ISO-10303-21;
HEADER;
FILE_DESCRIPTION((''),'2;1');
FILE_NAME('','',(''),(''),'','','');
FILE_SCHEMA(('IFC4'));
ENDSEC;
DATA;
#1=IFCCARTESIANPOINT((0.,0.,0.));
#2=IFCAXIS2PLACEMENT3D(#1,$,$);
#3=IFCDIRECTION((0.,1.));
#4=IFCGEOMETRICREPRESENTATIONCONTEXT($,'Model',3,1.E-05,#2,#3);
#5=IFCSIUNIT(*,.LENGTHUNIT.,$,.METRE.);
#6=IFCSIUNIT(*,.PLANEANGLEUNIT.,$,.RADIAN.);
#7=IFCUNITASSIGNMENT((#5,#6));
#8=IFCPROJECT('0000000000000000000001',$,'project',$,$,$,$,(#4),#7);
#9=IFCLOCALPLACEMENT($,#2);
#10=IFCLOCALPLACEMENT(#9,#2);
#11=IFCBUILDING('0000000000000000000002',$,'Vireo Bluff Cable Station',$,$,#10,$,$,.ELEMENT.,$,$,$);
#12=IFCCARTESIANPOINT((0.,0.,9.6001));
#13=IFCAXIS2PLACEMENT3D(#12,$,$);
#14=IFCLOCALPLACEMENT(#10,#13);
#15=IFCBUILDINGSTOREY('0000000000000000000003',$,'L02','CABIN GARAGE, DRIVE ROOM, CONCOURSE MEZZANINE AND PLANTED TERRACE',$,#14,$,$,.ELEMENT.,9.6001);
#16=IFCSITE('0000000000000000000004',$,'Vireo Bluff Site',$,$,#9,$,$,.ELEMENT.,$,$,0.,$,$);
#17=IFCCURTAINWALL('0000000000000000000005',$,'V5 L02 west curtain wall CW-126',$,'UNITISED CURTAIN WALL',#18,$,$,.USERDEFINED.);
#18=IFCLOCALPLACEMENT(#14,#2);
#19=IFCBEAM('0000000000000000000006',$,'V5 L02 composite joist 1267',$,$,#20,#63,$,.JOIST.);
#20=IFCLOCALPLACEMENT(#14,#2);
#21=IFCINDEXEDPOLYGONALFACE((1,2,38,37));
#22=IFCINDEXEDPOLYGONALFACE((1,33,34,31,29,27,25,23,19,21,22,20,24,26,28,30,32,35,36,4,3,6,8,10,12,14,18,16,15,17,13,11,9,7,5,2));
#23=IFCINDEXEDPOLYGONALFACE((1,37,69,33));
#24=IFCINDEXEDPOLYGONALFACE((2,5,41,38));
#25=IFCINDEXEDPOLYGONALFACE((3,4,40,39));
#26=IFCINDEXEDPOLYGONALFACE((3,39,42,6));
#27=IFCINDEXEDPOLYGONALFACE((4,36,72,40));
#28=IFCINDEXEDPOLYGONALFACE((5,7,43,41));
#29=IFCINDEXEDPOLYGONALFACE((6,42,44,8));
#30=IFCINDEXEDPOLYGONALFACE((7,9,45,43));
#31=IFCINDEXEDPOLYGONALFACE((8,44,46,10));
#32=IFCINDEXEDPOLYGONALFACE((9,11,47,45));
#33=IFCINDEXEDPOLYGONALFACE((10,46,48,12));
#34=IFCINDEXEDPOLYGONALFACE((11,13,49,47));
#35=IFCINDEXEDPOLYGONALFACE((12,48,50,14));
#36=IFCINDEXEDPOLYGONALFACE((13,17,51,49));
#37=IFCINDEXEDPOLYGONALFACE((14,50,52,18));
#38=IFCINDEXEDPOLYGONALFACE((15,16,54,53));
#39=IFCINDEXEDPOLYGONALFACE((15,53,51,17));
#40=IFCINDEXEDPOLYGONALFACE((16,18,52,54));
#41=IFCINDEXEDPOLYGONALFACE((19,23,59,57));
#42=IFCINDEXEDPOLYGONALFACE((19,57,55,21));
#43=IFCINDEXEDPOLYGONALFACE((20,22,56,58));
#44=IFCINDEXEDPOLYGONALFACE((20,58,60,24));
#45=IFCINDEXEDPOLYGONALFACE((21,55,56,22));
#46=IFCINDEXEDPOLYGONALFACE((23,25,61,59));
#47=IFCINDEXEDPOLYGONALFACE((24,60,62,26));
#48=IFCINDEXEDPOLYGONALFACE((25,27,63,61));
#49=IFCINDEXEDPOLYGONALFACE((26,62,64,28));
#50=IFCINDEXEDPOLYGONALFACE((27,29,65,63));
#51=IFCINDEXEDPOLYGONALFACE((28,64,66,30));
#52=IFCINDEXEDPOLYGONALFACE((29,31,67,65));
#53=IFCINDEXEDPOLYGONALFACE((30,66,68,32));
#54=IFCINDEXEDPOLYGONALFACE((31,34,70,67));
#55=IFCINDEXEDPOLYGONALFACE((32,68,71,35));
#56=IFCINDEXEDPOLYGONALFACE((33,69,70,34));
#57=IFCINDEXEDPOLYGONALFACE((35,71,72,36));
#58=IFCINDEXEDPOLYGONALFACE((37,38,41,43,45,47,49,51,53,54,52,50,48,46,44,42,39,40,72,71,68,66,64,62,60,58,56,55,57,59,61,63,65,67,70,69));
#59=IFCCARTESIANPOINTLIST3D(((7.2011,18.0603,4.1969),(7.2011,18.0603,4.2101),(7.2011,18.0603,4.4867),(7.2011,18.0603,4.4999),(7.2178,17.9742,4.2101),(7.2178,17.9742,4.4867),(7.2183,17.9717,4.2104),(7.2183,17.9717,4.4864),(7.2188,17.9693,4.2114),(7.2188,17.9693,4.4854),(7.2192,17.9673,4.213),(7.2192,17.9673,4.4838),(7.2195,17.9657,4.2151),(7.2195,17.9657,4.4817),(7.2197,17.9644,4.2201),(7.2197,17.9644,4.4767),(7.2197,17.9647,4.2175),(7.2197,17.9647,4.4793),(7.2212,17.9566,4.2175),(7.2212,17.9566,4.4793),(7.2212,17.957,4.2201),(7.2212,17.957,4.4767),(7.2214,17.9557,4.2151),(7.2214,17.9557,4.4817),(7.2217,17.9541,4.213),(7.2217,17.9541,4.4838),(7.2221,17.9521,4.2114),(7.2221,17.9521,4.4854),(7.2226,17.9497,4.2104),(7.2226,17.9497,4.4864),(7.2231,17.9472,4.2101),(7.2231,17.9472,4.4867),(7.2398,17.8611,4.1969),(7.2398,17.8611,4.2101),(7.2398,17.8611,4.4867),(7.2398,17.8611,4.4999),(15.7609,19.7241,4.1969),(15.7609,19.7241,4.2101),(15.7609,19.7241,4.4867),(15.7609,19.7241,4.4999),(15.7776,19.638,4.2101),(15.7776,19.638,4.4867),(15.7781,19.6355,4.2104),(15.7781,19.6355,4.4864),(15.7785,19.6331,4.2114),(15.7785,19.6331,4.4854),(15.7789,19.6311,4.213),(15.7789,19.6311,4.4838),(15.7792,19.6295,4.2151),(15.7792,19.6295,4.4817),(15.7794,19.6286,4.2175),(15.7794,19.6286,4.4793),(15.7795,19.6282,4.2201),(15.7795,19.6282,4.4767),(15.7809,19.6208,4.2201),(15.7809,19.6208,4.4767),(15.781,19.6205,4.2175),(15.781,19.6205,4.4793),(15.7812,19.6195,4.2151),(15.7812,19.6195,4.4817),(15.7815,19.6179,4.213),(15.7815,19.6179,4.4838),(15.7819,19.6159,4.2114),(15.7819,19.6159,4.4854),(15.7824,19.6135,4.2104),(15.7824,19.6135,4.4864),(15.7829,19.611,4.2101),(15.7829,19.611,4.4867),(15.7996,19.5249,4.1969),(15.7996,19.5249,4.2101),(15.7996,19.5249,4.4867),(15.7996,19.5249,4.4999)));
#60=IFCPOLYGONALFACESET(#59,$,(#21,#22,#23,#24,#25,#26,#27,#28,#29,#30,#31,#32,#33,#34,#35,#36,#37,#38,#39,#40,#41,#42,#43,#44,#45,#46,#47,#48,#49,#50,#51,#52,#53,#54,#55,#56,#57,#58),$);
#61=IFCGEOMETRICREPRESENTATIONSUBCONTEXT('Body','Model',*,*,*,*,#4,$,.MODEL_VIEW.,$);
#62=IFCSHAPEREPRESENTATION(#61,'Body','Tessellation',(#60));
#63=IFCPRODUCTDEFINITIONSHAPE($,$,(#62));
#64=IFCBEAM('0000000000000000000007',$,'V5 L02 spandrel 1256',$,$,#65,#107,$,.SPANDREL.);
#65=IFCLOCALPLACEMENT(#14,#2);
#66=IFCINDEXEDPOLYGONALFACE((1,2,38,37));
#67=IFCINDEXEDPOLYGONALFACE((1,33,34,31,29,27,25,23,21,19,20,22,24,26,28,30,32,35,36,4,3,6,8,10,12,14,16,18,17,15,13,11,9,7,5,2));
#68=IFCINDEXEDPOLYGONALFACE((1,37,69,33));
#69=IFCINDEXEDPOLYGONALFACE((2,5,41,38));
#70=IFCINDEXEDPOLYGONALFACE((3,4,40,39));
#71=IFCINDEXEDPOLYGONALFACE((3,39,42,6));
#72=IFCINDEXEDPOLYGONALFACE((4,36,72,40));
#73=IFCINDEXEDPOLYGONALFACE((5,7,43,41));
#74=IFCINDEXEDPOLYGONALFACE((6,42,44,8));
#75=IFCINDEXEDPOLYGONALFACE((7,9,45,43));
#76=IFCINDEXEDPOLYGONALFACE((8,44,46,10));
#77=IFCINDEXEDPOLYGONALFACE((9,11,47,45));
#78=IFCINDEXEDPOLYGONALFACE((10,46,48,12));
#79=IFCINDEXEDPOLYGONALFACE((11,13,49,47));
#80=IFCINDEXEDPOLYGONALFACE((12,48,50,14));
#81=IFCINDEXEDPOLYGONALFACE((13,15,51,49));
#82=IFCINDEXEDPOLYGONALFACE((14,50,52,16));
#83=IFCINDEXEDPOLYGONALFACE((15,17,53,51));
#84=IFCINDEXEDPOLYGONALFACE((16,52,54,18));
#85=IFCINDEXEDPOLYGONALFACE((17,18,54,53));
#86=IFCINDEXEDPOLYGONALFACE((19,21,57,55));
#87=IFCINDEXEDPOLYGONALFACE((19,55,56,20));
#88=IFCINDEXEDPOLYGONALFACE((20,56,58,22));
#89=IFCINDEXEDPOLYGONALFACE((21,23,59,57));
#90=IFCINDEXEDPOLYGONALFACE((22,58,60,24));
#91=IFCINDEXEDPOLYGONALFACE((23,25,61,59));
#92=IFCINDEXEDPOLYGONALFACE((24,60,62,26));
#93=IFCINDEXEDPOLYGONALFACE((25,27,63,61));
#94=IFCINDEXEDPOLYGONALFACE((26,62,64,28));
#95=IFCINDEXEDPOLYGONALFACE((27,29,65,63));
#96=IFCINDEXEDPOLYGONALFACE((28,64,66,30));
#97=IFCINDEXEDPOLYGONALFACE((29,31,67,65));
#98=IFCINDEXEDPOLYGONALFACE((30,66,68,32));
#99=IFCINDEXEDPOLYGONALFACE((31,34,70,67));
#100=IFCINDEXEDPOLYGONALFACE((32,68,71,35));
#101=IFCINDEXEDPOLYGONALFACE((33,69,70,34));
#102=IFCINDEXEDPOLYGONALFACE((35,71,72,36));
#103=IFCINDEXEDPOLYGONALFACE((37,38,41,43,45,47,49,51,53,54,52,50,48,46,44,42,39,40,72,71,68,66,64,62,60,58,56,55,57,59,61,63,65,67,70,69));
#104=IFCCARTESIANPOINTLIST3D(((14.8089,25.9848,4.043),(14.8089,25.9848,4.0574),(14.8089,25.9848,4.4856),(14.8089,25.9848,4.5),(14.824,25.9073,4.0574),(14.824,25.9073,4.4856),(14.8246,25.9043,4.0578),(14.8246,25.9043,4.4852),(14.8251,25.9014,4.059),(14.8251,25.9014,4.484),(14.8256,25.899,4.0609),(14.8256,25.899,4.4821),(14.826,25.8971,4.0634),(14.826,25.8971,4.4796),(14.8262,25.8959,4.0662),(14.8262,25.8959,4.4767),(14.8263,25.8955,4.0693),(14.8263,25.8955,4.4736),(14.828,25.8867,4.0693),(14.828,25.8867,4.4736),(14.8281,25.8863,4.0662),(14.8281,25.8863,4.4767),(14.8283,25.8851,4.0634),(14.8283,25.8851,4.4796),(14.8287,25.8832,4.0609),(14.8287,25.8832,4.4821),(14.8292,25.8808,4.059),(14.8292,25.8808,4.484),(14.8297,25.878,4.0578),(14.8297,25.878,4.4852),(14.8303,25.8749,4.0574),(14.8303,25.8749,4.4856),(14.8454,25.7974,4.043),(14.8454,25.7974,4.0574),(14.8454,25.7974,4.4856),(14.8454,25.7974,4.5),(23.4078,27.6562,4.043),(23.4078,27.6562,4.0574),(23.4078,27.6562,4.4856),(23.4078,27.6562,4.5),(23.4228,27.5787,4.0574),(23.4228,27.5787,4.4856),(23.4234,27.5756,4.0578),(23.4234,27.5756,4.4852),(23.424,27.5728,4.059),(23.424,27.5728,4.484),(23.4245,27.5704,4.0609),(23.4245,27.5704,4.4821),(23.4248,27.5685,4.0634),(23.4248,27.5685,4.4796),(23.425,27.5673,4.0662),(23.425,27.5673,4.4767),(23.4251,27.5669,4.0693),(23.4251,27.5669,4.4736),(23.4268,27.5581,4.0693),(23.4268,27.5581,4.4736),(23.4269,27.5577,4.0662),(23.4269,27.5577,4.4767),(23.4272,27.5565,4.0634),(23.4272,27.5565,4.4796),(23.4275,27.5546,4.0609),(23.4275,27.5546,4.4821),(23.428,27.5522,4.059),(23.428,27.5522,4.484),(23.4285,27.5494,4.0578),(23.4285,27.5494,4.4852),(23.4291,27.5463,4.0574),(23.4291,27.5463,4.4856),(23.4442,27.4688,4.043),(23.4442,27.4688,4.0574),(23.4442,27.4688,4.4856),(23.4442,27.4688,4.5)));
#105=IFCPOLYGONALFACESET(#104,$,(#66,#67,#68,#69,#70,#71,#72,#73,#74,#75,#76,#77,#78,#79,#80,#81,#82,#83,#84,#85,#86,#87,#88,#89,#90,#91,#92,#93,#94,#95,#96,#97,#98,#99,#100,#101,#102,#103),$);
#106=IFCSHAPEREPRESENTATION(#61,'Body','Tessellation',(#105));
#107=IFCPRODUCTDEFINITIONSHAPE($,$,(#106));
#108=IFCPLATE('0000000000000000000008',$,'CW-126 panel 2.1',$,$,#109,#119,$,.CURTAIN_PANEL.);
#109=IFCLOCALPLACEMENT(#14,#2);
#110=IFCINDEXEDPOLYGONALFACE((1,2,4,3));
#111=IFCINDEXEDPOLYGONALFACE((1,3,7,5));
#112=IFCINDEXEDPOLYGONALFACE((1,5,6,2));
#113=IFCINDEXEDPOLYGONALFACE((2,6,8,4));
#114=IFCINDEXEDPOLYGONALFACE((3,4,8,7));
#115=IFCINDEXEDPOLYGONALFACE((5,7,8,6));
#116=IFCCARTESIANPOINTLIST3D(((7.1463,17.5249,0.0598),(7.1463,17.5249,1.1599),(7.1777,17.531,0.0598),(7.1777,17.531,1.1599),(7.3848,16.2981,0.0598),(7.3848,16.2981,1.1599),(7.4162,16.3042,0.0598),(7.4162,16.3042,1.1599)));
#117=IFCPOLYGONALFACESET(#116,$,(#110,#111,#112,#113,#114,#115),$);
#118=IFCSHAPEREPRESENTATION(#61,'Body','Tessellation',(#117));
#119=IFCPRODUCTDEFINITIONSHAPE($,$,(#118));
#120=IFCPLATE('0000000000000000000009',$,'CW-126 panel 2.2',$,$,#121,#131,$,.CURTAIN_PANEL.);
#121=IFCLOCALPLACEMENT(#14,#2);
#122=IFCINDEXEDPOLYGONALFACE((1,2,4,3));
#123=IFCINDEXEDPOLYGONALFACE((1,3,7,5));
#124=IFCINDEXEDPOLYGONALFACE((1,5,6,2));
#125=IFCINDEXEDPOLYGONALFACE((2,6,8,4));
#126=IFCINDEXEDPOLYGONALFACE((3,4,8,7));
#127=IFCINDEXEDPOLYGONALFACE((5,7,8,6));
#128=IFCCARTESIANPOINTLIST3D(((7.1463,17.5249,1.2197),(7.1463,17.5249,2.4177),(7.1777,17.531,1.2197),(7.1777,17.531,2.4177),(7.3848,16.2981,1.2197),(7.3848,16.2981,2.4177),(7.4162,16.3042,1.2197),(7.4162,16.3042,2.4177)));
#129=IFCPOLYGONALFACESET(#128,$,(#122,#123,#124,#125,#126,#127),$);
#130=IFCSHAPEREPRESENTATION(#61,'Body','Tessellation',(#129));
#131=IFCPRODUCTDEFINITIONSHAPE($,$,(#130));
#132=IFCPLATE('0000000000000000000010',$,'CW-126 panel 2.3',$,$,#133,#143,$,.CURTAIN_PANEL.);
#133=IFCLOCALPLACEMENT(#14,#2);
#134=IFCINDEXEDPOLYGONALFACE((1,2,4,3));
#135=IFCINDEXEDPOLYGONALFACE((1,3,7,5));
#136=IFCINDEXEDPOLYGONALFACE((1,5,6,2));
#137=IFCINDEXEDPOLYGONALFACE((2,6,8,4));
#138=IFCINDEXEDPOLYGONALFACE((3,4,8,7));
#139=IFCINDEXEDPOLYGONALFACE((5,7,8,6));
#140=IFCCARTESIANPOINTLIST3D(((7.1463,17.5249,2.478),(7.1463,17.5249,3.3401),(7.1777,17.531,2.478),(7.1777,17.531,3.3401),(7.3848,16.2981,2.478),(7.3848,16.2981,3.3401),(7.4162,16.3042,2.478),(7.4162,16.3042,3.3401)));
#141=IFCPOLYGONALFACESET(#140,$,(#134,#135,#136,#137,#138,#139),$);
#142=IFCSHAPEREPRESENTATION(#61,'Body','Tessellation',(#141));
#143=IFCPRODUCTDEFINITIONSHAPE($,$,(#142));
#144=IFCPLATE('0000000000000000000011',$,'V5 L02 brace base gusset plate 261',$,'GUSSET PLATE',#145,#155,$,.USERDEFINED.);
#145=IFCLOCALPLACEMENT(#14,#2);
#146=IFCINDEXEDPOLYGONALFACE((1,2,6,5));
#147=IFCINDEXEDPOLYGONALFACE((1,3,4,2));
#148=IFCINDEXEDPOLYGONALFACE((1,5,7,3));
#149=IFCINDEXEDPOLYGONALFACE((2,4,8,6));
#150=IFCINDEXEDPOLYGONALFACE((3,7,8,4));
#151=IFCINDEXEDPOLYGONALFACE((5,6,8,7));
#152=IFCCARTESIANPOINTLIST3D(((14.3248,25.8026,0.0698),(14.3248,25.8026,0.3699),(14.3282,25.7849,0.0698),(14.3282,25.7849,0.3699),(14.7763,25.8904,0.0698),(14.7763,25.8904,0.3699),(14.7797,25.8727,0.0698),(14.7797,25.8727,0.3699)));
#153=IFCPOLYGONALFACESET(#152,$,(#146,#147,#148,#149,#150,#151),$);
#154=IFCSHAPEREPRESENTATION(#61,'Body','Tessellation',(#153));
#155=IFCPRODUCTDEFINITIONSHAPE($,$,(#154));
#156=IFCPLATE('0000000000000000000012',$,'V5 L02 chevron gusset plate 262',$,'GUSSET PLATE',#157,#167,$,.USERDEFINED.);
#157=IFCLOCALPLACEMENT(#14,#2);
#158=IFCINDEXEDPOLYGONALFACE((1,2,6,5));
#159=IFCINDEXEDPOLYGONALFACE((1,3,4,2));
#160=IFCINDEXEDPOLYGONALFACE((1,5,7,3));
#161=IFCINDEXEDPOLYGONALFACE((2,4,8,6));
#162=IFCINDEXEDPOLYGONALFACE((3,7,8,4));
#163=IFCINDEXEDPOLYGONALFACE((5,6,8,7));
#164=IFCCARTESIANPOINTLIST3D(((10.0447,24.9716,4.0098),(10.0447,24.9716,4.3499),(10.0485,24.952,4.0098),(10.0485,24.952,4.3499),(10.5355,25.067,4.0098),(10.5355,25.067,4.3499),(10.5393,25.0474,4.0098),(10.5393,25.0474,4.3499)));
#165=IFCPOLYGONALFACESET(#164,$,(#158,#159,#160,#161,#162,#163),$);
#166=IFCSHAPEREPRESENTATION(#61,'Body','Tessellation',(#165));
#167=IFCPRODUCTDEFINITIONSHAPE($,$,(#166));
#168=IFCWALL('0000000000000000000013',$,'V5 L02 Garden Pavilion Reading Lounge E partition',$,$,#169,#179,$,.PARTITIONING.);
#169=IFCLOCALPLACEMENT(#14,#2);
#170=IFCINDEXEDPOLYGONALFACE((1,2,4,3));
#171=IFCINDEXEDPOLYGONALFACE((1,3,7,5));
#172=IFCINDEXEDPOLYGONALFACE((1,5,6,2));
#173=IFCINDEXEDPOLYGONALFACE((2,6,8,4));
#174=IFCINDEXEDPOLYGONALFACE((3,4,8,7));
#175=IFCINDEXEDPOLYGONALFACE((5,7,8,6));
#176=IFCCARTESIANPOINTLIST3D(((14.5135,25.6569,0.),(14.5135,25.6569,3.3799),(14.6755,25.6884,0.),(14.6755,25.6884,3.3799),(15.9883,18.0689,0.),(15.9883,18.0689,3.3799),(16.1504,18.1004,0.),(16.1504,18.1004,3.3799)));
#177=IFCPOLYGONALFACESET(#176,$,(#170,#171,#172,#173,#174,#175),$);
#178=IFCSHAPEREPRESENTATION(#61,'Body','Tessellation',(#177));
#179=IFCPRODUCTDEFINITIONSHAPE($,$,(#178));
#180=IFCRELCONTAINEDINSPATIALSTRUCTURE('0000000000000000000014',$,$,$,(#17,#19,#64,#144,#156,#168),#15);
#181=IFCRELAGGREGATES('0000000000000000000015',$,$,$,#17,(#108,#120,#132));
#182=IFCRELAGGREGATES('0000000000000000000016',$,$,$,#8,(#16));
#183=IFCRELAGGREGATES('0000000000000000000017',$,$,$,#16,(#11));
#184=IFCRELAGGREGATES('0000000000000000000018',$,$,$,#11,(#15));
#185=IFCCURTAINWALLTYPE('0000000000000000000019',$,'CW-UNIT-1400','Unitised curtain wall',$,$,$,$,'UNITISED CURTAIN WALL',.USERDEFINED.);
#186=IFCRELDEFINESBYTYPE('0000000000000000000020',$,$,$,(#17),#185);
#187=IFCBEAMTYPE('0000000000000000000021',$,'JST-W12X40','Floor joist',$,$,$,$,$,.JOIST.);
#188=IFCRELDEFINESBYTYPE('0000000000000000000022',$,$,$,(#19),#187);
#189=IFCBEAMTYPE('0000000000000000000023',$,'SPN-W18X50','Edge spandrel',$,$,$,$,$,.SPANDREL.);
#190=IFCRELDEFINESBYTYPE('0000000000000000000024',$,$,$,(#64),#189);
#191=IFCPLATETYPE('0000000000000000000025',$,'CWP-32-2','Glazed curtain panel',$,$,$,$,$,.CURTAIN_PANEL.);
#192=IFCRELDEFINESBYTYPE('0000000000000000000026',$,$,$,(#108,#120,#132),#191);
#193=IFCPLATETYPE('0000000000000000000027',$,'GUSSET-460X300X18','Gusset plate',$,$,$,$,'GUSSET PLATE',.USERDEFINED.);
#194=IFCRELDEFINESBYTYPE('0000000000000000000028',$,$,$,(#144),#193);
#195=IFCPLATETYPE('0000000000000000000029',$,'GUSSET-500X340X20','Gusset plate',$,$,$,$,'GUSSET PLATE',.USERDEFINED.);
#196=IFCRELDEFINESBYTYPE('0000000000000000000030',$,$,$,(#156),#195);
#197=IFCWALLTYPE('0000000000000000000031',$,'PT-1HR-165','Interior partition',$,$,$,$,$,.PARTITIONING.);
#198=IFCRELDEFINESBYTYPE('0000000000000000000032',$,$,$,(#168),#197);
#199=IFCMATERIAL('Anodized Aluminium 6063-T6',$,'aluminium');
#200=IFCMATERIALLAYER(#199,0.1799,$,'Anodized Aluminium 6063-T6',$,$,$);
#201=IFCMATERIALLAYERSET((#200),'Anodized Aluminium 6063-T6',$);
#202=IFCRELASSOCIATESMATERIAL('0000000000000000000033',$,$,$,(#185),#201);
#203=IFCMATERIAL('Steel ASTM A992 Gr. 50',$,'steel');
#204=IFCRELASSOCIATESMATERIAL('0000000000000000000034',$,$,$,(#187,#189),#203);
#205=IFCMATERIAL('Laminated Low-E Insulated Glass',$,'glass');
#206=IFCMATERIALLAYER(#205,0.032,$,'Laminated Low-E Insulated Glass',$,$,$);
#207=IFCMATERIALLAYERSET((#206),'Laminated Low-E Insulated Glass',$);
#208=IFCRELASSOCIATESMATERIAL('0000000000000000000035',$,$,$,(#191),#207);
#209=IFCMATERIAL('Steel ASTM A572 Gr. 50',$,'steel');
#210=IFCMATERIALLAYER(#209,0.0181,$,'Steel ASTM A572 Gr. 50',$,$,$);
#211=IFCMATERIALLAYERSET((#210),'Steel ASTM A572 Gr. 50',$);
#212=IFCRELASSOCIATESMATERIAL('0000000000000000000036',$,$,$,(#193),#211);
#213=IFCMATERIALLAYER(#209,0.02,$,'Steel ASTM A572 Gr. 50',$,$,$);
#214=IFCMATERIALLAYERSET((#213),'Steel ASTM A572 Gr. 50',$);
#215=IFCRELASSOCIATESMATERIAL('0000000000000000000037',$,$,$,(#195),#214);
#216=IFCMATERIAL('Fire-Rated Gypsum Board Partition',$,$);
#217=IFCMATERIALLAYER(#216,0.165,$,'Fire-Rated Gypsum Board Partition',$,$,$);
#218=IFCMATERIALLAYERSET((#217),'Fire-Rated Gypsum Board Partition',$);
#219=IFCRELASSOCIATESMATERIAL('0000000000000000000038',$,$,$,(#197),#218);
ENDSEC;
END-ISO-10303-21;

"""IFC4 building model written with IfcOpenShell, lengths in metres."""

from ifc_helpers import new_model, si_unit, direction, frame, frame_2d, origin, origin_2d, place, context, subcontext, project, spatial, rectangle, i_section, extrude, material, layer, layer_set, material_profile, profile_set, type_object, element, aggregate, save


model = new_model("IFC4")

# Units and contexts
model_context = context("Model", 3, precision=1e-05, world=origin(), true_north=direction((0.0, 1.0)))
body_context = subcontext(model_context, "Body", "Model", "MODEL_VIEW")
ifc_project = project(units=[si_unit("LENGTHUNIT", "METRE"), si_unit("PLANEANGLEUNIT", "RADIAN")], contexts=[model_context])

# Site, building, storey
site_placement = place(None, origin())
site = spatial("IfcSite", under=ifc_project, at=site_placement, Name="Vireo Bluff Site", CompositionType="ELEMENT", RefElevation=0.0)
building_placement = place(site_placement, origin())
building = spatial("IfcBuilding", under=site, at=building_placement, Name="Vireo Bluff Cable Station", CompositionType="ELEMENT")
storey_placement = place(building_placement, frame((0.0, 0.0, 9.6001)))
storey = spatial("IfcBuildingStorey", under=building, at=storey_placement, Name="L02", Description="CABIN GARAGE, DRIVE ROOM, CONCOURSE MEZZANINE AND PLANTED TERRACE", CompositionType="ELEMENT", Elevation=9.6001)

# Shared definitions
ifc_material_1 = material(Name="Steel ASTM A992 Gr. 50", Category="steel")

# Curtain wall
ifc_material_2 = material(Name="Anodized Aluminium 6063-T6", Category="aluminium")
ifc_layer_1 = layer(ifc_material_2, 0.1799, Name="Anodized Aluminium 6063-T6")
ifc_layer_set_1 = layer_set([ifc_layer_1], Name="Anodized Aluminium 6063-T6")
curtain_wall_type_1 = type_object("IfcCurtainWallType", Name="CW-UNIT-1400", Description="Unitised curtain wall", ElementType="UNITISED CURTAIN WALL", PredefinedType="USERDEFINED", material=ifc_layer_set_1)
curtain_wall_1_placement = place(storey_placement, origin())
curtain_wall_1 = element("IfcCurtainWall", 1, at=curtain_wall_1_placement, inside=storey, type_object=curtain_wall_type_1, Name="V5 L02 west curtain wall CW-126", ObjectType="UNITISED CURTAIN WALL", PredefinedType="USERDEFINED")

# Beams
ifc_material_profile_1 = material_profile(ifc_material_1, i_section(OverallWidth=0.2029, OverallDepth=0.303, WebThickness=0.0076, FlangeThickness=0.0132, FilletRadius=0.01, at=origin_2d()), Name="W12X40")
ifc_profile_set_1 = profile_set([ifc_material_profile_1], Name="Steel ASTM A992 Gr. 50")
beam_type_1 = type_object("IfcBeamType", Name="JST-W12X40", Description="Floor joist", PredefinedType="JOIST", material=ifc_profile_set_1)
beam_1_placement = place(storey_placement, frame((7.2205, 17.9607, 4.3484), z_axis=(0.981628, 0.190804, 0.0), x_axis=(-0.190804, 0.981628, 0.0)))
element("IfcBeam", 2, at=beam_1_placement, inside=storey, type_object=beam_type_1, Name="V5 L02 composite joist 1267", PredefinedType="JOIST", context=body_context, shape_type="SweptSolid", body=[
    extrude(i_section(OverallWidth=0.2029, OverallDepth=0.303, WebThickness=0.0076, FlangeThickness=0.0132, FilletRadius=0.01, at=origin_2d()), origin(), (0.0, 0.0, 1.0), 8.72),
])
ifc_material_profile_2 = material_profile(ifc_material_1, i_section(OverallWidth=0.1909, OverallDepth=0.457, WebThickness=0.009, FlangeThickness=0.0144, FilletRadius=0.012, at=origin_2d()), Name="W18X50")
ifc_profile_set_2 = profile_set([ifc_material_profile_2], Name="Steel ASTM A992 Gr. 50")
beam_type_2 = type_object("IfcBeamType", Name="SPN-W18X50", Description="Edge spandrel", PredefinedType="SPANDREL", material=ifc_profile_set_2)
beam_2_placement = place(storey_placement, frame((14.8271, 25.8911, 4.2715), z_axis=(0.981629, 0.190802, 0.0), x_axis=(-0.190802, 0.981629, 0.0)))
element("IfcBeam", 3, at=beam_2_placement, inside=storey, type_object=beam_type_2, Name="V5 L02 spandrel 1256", PredefinedType="SPANDREL", context=body_context, shape_type="SweptSolid", body=[
    extrude(i_section(OverallWidth=0.1909, OverallDepth=0.457, WebThickness=0.009, FlangeThickness=0.0144, FilletRadius=0.012, at=origin_2d()), origin(), (0.0, 0.0, 1.0), 8.7598),
])

# Plates
ifc_material_3 = material(Name="Laminated Low-E Insulated Glass", Category="glass")
ifc_layer_2 = layer(ifc_material_3, 0.032, Name="Laminated Low-E Insulated Glass")
ifc_layer_set_2 = layer_set([ifc_layer_2], Name="Laminated Low-E Insulated Glass")
plate_type_1 = type_object("IfcPlateType", Name="CWP-32-2", Description="Glazed curtain panel", PredefinedType="CURTAIN_PANEL", material=ifc_layer_set_2)
plate_1_placement = place(storey_placement, frame((7.2812, 16.9146, 0.0598), z_axis=(0.0, 0.0, 1.0), x_axis=(-0.190809, 0.981627, 0.0)))
plate_1 = element("IfcPlate", 4, at=plate_1_placement, type_object=plate_type_1, Name="CW-126 panel 2.1", PredefinedType="CURTAIN_PANEL", context=body_context, shape_type="SweptSolid", body=[
    extrude(rectangle(XDim=1.2498, YDim=0.032, at=origin_2d()), origin(), (0.0, 0.0, 1.0), 1.1001),
])
plate_2_placement = place(storey_placement, frame((7.2812, 16.9146, 1.2197), z_axis=(0.0, 0.0, 1.0), x_axis=(-0.190809, 0.981627, 0.0)))
plate_2 = element("IfcPlate", 5, at=plate_2_placement, type_object=plate_type_1, Name="CW-126 panel 2.2", PredefinedType="CURTAIN_PANEL", context=body_context, shape_type="SweptSolid", body=[
    extrude(rectangle(XDim=1.2498, YDim=0.032, at=origin_2d()), origin(), (0.0, 0.0, 1.0), 1.198),
])
plate_3_placement = place(storey_placement, frame((7.2812, 16.9146, 2.478), z_axis=(0.0, 0.0, 1.0), x_axis=(-0.190809, 0.981627, 0.0)))
plate_3 = element("IfcPlate", 6, at=plate_3_placement, type_object=plate_type_1, Name="CW-126 panel 2.3", PredefinedType="CURTAIN_PANEL", context=body_context, shape_type="SweptSolid", body=[
    extrude(rectangle(XDim=1.2498, YDim=0.032, at=origin_2d()), origin(), (0.0, 0.0, 1.0), 0.8621),
])
aggregate(curtain_wall_1, [plate_1, plate_2, plate_3])

# Plates
ifc_material_4 = material(Name="Steel ASTM A572 Gr. 50", Category="steel")
ifc_layer_3 = layer(ifc_material_4, 0.0181, Name="Steel ASTM A572 Gr. 50")
ifc_layer_set_3 = layer_set([ifc_layer_3], Name="Steel ASTM A572 Gr. 50")
plate_type_2 = type_object("IfcPlateType", Name="GUSSET-460X300X18", Description="Gusset plate", ElementType="GUSSET PLATE", PredefinedType="USERDEFINED", material=ifc_layer_set_3)
plate_4_placement = place(storey_placement, frame((14.5522, 25.8376, 0.0698), z_axis=(0.0, 0.0, 1.0), x_axis=(0.981627, 0.190809, 0.0)))
element("IfcPlate", 7, at=plate_4_placement, inside=storey, type_object=plate_type_2, Name="V5 L02 brace base gusset plate 261", ObjectType="GUSSET PLATE", PredefinedType="USERDEFINED", context=body_context, shape_type="SweptSolid", body=[
    extrude(rectangle(XDim=0.46, YDim=0.0181, at=origin_2d()), origin(), (0.0, 0.0, 1.0), 0.3),
])
ifc_layer_4 = layer(ifc_material_4, 0.02, Name="Steel ASTM A572 Gr. 50")
ifc_layer_set_4 = layer_set([ifc_layer_4], Name="Steel ASTM A572 Gr. 50")
plate_type_3 = type_object("IfcPlateType", Name="GUSSET-500X340X20", Description="Gusset plate", ElementType="GUSSET PLATE", PredefinedType="USERDEFINED", material=ifc_layer_set_4)
plate_5_placement = place(storey_placement, frame((10.292, 25.0095, 4.0098), z_axis=(0.0, 0.0, 1.0), x_axis=(0.981627, 0.190809, 0.0)))
element("IfcPlate", 8, at=plate_5_placement, inside=storey, type_object=plate_type_3, Name="V5 L02 chevron gusset plate 262", ObjectType="GUSSET PLATE", PredefinedType="USERDEFINED", context=body_context, shape_type="SweptSolid", body=[
    extrude(rectangle(XDim=0.5, YDim=0.02, at=origin_2d()), origin(), (0.0, 0.0, 1.0), 0.3401),
])

# Wall
ifc_material_5 = material(Name="Fire-Rated Gypsum Board Partition")
ifc_layer_5 = layer(ifc_material_5, 0.165, Name="Fire-Rated Gypsum Board Partition")
ifc_layer_set_5 = layer_set([ifc_layer_5], Name="Fire-Rated Gypsum Board Partition")
wall_type = type_object("IfcWallType", Name="PT-1HR-165", Description="Interior partition", PredefinedType="PARTITIONING", material=ifc_layer_set_5)
wall_placement = place(storey_placement, frame((14.5945, 25.6726, 0.0), z_axis=(0.0, 0.0, 1.0), x_axis=(0.190799, -0.981629, 0.0)))
element("IfcWall", 9, at=wall_placement, inside=storey, type_object=wall_type, Name="V5 L02 Garden Pavilion Reading Lounge E partition", PredefinedType="PARTITIONING", context=body_context, shape_type="SweptSolid", body=[
    extrude(rectangle(XDim=7.73, YDim=0.165, at=frame_2d((3.865, 0.0))), origin(), (0.0, 0.0, 1.0), 3.3799),
])

save(model, "model.ifc")
